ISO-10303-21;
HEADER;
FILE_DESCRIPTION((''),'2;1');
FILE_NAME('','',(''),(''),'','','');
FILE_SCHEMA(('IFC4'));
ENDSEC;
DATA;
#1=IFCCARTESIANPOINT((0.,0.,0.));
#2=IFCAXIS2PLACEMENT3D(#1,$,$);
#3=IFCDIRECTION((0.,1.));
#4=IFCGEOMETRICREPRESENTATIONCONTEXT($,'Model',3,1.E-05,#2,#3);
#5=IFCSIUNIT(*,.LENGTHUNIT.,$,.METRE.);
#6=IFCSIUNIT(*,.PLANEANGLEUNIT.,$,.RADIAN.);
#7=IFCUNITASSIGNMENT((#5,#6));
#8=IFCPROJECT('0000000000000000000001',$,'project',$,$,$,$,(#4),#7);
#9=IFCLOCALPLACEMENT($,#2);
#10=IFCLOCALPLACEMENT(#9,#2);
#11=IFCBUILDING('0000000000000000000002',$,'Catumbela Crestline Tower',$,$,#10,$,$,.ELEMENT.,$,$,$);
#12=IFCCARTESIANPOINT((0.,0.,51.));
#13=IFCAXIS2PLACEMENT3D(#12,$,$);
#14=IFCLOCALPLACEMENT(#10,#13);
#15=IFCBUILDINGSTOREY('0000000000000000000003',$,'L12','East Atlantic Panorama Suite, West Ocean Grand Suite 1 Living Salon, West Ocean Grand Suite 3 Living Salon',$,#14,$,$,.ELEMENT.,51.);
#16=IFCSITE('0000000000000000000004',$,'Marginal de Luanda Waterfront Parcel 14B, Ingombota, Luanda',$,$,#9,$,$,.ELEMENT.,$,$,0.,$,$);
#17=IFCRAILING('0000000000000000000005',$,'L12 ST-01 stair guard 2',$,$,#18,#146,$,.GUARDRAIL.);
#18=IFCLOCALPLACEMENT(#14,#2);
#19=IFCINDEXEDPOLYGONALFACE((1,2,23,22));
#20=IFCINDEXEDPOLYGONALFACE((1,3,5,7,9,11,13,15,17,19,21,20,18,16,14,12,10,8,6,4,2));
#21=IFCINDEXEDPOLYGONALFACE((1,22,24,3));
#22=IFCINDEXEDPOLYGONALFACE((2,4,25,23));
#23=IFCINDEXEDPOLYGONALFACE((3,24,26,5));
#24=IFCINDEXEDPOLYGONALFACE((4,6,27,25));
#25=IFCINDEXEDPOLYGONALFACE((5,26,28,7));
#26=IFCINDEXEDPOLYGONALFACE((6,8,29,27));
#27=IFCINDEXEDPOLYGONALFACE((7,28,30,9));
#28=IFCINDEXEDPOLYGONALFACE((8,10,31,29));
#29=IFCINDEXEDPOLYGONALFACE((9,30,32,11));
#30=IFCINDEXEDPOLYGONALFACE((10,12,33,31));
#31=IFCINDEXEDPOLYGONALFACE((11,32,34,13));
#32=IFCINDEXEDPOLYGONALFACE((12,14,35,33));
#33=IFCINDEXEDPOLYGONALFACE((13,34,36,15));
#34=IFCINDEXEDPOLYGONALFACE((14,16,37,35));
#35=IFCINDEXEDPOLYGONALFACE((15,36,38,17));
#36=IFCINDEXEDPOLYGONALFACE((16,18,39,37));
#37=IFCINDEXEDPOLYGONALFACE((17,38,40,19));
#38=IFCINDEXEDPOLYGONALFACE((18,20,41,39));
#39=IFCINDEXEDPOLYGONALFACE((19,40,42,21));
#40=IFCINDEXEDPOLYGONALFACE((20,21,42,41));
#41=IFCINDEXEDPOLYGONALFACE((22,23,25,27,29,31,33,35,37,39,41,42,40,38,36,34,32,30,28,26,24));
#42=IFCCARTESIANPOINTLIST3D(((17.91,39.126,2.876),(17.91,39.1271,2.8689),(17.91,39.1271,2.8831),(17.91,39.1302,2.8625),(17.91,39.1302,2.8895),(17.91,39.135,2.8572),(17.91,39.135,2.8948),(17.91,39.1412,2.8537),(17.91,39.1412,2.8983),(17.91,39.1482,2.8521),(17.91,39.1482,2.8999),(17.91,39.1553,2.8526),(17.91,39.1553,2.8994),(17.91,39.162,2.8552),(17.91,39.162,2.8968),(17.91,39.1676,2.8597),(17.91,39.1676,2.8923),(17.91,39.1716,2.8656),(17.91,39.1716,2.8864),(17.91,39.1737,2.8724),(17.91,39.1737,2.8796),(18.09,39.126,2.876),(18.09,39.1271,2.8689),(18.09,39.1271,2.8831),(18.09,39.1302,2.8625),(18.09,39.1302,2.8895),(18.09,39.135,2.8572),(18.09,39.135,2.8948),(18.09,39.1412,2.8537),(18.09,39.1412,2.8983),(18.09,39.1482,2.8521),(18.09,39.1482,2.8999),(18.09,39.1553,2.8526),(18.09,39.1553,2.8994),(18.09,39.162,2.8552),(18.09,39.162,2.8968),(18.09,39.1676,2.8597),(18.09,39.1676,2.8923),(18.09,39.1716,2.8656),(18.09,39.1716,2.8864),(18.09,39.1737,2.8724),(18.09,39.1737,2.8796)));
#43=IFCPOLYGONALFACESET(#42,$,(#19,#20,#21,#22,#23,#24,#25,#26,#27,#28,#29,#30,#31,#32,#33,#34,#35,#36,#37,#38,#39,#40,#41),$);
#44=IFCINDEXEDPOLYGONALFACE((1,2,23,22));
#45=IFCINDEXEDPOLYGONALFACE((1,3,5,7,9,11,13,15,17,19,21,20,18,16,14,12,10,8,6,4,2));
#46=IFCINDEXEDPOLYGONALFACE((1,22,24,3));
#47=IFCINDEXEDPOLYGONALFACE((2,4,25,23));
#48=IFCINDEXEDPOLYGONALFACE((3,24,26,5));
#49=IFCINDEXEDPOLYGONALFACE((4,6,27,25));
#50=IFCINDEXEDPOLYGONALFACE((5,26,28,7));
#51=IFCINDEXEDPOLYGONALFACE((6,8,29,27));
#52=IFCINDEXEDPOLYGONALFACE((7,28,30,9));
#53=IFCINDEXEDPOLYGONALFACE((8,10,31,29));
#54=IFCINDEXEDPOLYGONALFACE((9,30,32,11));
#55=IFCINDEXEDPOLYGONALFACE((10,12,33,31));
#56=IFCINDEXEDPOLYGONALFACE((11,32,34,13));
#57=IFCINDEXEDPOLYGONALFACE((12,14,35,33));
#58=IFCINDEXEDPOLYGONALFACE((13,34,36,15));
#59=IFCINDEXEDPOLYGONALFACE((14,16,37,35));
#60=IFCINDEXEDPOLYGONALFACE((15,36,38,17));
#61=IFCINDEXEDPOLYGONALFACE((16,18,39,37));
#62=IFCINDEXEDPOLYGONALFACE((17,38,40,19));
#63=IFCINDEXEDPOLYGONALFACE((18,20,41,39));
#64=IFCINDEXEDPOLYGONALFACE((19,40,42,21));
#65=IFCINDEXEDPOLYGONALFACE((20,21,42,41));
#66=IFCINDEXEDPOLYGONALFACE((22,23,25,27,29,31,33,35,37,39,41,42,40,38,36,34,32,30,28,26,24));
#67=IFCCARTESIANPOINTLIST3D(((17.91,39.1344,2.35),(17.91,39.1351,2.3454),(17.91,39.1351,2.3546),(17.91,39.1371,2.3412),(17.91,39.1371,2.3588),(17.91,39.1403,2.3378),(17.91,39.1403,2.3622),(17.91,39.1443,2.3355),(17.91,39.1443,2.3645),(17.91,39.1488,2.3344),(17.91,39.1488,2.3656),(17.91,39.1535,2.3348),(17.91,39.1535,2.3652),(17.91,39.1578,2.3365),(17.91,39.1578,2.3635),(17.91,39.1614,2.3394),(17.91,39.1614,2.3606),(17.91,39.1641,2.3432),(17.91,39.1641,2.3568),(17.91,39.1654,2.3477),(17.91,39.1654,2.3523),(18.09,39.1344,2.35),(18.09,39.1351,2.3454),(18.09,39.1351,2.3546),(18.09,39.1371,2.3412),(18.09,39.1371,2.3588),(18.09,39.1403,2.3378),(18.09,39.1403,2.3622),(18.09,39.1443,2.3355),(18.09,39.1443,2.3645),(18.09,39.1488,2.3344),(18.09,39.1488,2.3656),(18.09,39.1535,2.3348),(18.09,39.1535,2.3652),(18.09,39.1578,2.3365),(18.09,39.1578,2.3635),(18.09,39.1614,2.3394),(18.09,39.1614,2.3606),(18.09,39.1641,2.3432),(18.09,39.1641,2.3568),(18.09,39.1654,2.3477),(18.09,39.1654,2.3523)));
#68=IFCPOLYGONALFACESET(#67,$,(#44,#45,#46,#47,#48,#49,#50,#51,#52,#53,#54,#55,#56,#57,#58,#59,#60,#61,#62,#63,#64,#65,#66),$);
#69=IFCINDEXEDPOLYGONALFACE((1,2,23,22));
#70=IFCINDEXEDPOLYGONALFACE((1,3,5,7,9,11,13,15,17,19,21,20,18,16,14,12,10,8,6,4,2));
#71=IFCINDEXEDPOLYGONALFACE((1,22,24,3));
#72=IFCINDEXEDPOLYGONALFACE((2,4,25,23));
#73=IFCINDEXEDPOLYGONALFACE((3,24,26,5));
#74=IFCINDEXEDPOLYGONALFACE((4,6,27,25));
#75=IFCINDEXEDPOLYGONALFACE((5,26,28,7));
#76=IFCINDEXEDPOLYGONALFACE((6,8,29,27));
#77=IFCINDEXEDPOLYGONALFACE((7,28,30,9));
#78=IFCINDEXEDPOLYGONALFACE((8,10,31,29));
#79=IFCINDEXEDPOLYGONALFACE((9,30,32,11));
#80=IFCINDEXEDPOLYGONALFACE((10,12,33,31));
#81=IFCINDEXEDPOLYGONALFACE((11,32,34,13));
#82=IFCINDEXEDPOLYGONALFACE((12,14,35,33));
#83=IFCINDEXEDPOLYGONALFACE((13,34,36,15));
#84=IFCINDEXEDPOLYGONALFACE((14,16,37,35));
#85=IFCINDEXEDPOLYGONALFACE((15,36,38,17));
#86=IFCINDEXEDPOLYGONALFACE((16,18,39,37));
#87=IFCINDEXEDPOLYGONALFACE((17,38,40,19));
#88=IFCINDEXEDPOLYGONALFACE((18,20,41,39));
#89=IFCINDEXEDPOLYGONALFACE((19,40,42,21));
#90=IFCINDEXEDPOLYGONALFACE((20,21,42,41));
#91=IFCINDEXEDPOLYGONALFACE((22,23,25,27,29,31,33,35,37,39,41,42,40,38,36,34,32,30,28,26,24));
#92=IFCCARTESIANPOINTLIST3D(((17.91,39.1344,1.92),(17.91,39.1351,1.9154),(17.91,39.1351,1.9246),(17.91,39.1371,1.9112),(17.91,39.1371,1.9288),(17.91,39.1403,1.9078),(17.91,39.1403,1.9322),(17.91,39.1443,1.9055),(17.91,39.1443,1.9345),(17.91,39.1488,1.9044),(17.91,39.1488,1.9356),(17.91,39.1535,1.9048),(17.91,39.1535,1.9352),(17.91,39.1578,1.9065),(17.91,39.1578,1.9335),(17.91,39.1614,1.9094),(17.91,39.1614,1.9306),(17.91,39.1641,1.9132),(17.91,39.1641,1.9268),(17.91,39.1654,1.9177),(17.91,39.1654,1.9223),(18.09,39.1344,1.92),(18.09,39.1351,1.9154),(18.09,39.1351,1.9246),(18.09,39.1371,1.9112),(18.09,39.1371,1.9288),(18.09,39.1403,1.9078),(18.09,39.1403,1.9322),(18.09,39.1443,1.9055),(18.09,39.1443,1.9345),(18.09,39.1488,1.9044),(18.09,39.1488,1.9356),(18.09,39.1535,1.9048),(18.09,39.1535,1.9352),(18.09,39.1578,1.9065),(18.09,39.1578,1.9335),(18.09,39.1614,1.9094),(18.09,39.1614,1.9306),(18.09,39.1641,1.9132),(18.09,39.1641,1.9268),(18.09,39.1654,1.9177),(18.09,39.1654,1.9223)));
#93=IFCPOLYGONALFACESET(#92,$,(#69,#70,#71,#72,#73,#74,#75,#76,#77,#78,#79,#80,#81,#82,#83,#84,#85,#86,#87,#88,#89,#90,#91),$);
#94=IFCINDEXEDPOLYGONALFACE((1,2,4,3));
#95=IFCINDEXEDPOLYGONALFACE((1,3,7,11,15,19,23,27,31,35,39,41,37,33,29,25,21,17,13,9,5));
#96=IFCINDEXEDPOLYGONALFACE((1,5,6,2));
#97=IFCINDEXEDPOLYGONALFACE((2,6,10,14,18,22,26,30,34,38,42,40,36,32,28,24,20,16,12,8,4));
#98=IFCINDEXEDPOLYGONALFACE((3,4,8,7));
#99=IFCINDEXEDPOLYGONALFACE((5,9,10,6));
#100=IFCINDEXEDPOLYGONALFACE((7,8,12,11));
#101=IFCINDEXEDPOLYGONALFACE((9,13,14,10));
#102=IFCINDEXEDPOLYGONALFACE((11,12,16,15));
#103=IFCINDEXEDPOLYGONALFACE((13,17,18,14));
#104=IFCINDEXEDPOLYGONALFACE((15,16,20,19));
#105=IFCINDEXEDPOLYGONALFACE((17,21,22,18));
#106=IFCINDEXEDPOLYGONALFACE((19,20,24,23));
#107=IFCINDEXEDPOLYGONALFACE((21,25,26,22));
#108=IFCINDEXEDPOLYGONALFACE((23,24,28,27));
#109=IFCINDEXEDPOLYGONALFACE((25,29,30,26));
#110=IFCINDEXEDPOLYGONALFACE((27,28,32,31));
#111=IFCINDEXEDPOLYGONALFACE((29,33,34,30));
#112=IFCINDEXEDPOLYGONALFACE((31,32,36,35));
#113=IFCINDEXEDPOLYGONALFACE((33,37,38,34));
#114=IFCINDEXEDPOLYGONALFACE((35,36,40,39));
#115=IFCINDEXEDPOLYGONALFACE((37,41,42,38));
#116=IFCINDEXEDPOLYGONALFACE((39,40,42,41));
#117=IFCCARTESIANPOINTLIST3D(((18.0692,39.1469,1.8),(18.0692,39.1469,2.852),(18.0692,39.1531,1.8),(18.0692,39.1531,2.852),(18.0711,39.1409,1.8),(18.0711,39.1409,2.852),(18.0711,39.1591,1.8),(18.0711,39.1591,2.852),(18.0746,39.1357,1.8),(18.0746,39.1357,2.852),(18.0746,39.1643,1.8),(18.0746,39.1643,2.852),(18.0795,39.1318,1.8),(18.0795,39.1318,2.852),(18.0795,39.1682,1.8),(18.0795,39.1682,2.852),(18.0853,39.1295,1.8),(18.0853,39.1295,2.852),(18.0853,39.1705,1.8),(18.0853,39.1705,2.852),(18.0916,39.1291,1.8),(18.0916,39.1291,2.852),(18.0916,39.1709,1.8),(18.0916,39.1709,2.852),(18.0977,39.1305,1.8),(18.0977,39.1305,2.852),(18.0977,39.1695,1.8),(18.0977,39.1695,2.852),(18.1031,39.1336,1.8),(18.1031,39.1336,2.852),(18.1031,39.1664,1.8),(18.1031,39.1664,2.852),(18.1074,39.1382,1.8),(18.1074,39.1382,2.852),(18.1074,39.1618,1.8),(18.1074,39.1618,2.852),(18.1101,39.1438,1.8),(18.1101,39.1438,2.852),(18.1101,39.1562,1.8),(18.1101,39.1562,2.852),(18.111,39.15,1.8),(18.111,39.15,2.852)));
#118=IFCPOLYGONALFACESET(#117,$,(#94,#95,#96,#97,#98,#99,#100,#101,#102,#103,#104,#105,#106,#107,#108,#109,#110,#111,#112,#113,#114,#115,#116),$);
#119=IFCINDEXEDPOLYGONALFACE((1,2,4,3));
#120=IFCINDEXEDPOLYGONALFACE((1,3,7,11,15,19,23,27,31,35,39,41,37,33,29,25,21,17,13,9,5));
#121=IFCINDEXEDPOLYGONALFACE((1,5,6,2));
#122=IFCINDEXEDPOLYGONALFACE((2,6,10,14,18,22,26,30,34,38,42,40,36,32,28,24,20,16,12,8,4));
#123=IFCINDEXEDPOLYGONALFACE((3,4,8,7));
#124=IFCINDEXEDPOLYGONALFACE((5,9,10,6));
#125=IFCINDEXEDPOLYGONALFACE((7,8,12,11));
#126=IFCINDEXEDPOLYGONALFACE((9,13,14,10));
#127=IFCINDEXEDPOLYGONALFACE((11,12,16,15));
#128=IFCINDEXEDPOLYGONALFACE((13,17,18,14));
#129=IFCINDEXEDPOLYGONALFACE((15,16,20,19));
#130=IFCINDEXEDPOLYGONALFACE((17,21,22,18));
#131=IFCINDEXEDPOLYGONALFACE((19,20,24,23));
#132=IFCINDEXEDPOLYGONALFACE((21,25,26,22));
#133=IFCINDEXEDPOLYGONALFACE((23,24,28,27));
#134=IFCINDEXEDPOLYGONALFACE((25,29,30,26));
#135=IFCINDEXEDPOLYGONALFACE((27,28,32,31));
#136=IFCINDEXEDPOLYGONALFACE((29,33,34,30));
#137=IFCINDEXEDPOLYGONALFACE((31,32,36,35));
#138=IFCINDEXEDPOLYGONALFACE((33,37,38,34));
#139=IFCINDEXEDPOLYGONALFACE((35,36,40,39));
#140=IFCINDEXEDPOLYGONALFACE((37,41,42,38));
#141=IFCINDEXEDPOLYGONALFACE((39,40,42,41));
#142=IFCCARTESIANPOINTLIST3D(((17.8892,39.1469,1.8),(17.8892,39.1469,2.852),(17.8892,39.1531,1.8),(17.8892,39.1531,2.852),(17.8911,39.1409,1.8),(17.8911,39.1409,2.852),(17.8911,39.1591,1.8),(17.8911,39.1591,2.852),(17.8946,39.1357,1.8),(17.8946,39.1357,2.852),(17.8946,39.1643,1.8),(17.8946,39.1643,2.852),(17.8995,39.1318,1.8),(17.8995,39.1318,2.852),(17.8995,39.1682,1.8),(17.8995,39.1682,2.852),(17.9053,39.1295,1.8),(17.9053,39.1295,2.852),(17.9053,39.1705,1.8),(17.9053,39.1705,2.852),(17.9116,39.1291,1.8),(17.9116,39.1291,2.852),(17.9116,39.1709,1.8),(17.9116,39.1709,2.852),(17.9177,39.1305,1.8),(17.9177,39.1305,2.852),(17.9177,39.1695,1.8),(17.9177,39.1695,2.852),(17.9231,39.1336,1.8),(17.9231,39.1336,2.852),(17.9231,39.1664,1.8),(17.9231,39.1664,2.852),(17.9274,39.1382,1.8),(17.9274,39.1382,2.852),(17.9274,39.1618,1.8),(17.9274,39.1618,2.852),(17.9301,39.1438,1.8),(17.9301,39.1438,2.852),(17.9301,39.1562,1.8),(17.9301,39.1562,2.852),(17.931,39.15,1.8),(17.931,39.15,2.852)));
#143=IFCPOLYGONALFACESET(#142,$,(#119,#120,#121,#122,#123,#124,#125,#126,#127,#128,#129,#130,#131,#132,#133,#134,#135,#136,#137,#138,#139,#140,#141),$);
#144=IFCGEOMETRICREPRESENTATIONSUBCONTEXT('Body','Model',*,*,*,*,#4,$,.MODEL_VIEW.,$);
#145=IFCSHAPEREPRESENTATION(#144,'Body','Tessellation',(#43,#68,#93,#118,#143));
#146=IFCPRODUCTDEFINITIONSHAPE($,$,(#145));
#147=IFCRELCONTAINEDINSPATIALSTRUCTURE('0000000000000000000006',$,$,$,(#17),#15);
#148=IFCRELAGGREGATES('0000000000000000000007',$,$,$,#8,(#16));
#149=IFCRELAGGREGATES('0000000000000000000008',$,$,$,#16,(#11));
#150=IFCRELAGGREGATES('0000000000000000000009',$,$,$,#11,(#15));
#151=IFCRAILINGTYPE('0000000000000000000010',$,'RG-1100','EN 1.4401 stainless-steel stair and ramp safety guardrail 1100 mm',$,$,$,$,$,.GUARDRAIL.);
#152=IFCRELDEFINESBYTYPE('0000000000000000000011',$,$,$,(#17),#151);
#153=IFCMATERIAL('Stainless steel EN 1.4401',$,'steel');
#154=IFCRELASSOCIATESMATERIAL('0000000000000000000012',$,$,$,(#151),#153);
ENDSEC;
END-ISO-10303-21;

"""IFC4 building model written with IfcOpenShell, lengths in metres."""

from ifc_helpers import new_model, si_unit, direction, frame, origin, origin_2d, place, context, subcontext, project, spatial, circle, extrude, material, type_object, element, save


model = new_model("IFC4")

# Units and contexts
model_context = context("Model", 3, precision=1e-05, world=origin(), true_north=direction((0.0, 1.0)))
body_context = subcontext(model_context, "Body", "Model", "MODEL_VIEW")
ifc_project = project(units=[si_unit("LENGTHUNIT", "METRE"), si_unit("PLANEANGLEUNIT", "RADIAN")], contexts=[model_context])

# Site, building, storey
site_placement = place(None, origin())
site = spatial("IfcSite", under=ifc_project, at=site_placement, Name="Marginal de Luanda Waterfront Parcel 14B, Ingombota, Luanda", CompositionType="ELEMENT", RefElevation=0.0)
building_placement = place(site_placement, origin())
building = spatial("IfcBuilding", under=site, at=building_placement, Name="Catumbela Crestline Tower", CompositionType="ELEMENT")
storey_placement = place(building_placement, frame((0.0, 0.0, 51.0)))
storey = spatial("IfcBuildingStorey", under=building, at=storey_placement, Name="L12", Description="East Atlantic Panorama Suite, West Ocean Grand Suite 1 Living Salon, West Ocean Grand Suite 3 Living Salon", CompositionType="ELEMENT", Elevation=51.0)

# Railing
ifc_material_1 = material(Name="Stainless steel EN 1.4401", Category="steel")
railing_type_1 = type_object("IfcRailingType", Name="RG-1100", Description="EN 1.4401 stainless-steel stair and ramp safety guardrail 1100 mm", PredefinedType="GUARDRAIL", material=ifc_material_1)
railing_1_placement = place(storey_placement, frame((18.09, 39.15, 1.8)))
element("IfcRailing", 1, at=railing_1_placement, inside=storey, type_object=railing_type_1, Name="L12 ST-01 stair guard 2", PredefinedType="GUARDRAIL", context=body_context, shape_type="SweptSolid", body=[
    extrude(circle(Radius=0.024, at=origin_2d()), frame((0.0, 0.0, 1.076), z_axis=(-1.0, 0.0, 0.0), x_axis=(0.0, -1.0, 0.0)), (0.0, 0.0, 1.0), 0.18),
    extrude(circle(Radius=0.0156, at=origin_2d()), frame((0.0, 0.0, 0.55), z_axis=(-1.0, 0.0, 0.0), x_axis=(0.0, -1.0, 0.0)), (0.0, 0.0, 1.0), 0.18),
    extrude(circle(Radius=0.0156, at=origin_2d()), frame((0.0, 0.0, 0.12), z_axis=(-1.0, 0.0, 0.0), x_axis=(0.0, -1.0, 0.0)), (0.0, 0.0, 1.0), 0.18),
    extrude(circle(Radius=0.021, at=origin_2d()), origin(), (0.0, 0.0, 1.0), 1.052),
    extrude(circle(Radius=0.021, at=origin_2d()), frame((-0.18, 0.0, 0.0)), (0.0, 0.0, 1.0), 1.052),
])

save(model, "model.ifc")
